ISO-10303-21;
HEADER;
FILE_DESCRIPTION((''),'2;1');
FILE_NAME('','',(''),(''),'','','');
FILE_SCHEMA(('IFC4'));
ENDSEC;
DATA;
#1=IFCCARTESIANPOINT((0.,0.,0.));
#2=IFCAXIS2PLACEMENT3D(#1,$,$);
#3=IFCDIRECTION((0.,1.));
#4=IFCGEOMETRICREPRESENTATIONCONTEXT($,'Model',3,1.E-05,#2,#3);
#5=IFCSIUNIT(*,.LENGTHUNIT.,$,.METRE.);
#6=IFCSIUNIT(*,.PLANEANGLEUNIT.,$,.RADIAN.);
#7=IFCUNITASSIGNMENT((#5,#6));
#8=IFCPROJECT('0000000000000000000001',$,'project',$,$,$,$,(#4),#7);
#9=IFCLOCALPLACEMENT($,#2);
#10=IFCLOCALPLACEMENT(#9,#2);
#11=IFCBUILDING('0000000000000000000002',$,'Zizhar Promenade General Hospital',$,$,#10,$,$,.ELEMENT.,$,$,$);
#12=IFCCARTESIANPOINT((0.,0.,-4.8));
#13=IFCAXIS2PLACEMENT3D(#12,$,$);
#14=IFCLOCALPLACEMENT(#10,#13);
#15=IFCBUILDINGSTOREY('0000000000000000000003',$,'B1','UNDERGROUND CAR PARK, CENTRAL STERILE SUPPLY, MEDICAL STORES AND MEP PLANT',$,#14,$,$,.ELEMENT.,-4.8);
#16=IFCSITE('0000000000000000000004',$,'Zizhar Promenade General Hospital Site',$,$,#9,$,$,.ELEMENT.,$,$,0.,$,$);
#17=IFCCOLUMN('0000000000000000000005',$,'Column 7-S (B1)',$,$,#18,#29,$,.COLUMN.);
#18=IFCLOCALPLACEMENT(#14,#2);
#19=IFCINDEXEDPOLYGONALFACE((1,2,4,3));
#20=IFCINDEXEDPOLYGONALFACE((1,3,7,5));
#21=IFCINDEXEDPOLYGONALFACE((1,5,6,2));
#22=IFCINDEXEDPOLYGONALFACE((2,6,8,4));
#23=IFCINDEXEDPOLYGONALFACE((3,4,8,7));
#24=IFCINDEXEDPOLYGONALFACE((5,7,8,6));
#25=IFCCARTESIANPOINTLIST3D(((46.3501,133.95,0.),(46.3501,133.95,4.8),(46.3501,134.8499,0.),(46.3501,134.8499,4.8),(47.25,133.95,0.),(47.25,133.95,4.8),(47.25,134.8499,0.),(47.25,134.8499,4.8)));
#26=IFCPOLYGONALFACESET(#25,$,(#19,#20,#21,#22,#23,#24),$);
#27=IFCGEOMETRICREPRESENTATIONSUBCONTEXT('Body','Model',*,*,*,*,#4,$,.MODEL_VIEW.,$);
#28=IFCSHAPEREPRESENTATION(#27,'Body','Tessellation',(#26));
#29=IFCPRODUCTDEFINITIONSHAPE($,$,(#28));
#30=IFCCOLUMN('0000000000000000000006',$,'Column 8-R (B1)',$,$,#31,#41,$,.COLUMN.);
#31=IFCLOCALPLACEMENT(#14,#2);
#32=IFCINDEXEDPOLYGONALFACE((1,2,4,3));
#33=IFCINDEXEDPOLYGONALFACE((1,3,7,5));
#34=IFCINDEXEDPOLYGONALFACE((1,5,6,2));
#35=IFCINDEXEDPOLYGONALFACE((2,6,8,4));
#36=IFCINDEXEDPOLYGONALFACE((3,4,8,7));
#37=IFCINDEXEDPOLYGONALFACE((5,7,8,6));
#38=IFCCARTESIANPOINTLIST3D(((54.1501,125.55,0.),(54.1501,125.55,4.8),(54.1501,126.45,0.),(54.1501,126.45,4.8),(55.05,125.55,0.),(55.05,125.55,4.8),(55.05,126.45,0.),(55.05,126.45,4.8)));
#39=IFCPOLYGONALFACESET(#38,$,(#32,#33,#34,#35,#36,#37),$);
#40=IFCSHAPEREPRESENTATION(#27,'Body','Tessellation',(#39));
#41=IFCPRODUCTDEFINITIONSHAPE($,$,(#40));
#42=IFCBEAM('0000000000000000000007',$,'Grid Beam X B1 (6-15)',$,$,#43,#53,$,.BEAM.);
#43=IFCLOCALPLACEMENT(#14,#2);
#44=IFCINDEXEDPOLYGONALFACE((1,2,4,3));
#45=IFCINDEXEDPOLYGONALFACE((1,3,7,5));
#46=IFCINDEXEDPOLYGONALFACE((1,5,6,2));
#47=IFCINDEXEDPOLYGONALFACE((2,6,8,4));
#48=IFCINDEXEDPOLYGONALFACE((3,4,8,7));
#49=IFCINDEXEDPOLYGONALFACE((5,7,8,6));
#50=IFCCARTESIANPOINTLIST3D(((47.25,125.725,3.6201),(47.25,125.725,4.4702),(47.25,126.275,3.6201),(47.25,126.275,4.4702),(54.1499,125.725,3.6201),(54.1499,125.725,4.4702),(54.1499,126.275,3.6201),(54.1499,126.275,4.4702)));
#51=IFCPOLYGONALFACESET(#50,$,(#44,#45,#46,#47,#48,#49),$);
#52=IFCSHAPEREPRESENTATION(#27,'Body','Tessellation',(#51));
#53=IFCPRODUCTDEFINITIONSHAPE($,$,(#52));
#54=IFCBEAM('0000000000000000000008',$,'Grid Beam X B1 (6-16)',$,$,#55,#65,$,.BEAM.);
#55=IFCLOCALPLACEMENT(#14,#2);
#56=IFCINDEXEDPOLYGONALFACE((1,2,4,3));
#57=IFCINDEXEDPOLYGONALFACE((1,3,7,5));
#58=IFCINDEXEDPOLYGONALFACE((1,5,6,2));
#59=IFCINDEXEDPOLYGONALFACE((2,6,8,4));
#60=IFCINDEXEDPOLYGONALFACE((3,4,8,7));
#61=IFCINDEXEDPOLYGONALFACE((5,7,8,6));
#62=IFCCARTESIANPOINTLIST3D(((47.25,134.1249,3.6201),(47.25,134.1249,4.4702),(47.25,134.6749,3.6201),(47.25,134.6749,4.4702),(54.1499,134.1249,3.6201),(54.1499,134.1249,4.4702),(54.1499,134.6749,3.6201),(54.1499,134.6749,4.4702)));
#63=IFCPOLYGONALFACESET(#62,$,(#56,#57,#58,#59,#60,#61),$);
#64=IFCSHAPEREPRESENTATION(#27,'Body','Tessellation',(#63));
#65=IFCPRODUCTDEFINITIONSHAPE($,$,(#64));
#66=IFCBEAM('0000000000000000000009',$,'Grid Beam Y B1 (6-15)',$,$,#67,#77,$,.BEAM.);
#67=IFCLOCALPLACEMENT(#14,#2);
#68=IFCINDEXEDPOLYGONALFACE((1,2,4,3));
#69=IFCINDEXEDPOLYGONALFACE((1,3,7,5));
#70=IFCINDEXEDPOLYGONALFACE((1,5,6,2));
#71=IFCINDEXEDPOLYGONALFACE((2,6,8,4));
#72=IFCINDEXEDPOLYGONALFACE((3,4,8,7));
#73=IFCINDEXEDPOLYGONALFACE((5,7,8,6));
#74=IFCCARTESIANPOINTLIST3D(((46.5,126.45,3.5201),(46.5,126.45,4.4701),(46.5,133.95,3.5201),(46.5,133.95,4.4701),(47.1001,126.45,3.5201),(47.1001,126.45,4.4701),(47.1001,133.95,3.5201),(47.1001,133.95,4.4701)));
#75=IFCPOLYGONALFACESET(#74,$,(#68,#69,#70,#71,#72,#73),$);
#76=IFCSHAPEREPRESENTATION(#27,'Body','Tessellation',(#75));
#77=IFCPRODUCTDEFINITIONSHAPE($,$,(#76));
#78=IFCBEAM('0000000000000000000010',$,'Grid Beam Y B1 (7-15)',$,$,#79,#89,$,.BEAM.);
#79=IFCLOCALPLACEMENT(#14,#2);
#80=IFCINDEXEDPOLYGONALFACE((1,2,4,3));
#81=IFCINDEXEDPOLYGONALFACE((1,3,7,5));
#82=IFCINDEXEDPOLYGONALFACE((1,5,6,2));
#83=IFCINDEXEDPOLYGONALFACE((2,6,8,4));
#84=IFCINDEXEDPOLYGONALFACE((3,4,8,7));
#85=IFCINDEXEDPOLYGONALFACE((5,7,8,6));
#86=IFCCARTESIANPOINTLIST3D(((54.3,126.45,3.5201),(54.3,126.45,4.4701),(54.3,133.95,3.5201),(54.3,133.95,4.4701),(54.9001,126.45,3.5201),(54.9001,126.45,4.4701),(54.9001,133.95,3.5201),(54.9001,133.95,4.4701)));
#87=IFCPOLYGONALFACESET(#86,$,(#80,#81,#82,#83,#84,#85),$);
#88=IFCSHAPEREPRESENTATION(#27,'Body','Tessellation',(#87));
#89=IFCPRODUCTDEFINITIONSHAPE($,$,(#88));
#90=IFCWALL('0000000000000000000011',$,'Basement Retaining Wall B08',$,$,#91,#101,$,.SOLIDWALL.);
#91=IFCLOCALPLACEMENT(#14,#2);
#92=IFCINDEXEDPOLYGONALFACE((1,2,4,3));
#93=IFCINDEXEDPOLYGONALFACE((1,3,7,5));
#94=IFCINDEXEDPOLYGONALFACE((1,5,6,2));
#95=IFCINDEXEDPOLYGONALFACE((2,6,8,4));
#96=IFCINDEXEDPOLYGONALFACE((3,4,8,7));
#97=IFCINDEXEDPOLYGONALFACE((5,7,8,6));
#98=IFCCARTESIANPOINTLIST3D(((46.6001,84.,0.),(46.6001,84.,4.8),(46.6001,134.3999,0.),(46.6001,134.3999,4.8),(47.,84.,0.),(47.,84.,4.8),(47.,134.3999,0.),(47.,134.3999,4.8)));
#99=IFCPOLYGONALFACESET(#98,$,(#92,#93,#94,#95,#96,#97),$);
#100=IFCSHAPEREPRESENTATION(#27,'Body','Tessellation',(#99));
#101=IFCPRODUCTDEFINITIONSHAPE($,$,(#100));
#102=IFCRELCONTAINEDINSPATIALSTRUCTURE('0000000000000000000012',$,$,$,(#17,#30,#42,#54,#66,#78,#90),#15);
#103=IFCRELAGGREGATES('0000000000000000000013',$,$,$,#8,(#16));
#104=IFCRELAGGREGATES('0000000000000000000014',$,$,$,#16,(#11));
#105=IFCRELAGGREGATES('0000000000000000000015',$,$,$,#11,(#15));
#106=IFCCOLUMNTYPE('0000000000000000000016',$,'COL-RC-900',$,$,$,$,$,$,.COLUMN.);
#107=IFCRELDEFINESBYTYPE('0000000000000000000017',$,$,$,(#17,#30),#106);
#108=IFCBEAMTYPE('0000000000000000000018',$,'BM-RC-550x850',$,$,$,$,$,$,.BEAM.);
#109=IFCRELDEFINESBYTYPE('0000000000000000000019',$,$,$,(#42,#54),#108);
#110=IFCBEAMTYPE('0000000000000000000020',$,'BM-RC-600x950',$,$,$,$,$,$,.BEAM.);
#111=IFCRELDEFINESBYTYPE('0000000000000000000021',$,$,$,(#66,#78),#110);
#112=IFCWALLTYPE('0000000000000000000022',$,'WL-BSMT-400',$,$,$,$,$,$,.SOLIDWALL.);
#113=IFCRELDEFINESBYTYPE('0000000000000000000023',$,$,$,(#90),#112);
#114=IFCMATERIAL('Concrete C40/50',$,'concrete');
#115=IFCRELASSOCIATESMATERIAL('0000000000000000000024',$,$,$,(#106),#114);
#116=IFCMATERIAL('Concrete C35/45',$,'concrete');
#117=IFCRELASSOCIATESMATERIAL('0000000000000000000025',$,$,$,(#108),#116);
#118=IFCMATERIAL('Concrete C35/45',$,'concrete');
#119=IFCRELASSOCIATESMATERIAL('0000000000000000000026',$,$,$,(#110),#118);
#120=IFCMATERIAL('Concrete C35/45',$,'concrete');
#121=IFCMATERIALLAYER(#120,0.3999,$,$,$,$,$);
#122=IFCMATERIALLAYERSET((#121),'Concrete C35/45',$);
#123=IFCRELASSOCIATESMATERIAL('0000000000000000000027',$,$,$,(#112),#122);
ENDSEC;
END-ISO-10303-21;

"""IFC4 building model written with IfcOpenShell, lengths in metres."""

from ifc_helpers import new_model, si_unit, direction, frame, frame_2d, origin, origin_2d, place, context, subcontext, project, spatial, rectangle, extrude, material, layer, layer_set, material_profile, profile_set, type_object, element, save


model = new_model("IFC4")

# Units and contexts
model_context = context("Model", 3, precision=1e-05, world=origin(), true_north=direction((0.0, 1.0)))
body_context = subcontext(model_context, "Body", "Model", "MODEL_VIEW")
ifc_project = project(units=[si_unit("LENGTHUNIT", "METRE"), si_unit("PLANEANGLEUNIT", "RADIAN")], contexts=[model_context])

# Site, building, storey
site_placement = place(None, origin())
site = spatial("IfcSite", under=ifc_project, at=site_placement, Name="Zizhar Promenade General Hospital Site", CompositionType="ELEMENT", RefElevation=0.0)
building_placement = place(site_placement, origin())
building = spatial("IfcBuilding", under=site, at=building_placement, Name="Zizhar Promenade General Hospital", CompositionType="ELEMENT")
storey_placement = place(building_placement, frame((0.0, 0.0, -4.8)))
storey = spatial("IfcBuildingStorey", under=building, at=storey_placement, Name="B1", Description="UNDERGROUND CAR PARK, CENTRAL STERILE SUPPLY, MEDICAL STORES AND MEP PLANT", CompositionType="ELEMENT", Elevation=-4.8)

# Columns
ifc_material_1 = material(Name="Concrete C40/50", Category="concrete")
ifc_material_profile_1 = material_profile(ifc_material_1, rectangle(XDim=0.8999, YDim=0.8999, at=origin_2d()))
ifc_profile_set_1 = profile_set([ifc_material_profile_1], Name="Concrete C40/50")
column_type = type_object("IfcColumnType", Name="COL-RC-900", PredefinedType="COLUMN", material=ifc_profile_set_1)
for number, where, z_axis, x_axis, name in (
    (1, (46.8, 134.3999, 0.0), (0.0, 0.0, 1.0), (1.0, 0.0, 0.0), "Column 7-S (B1)"),
    (2, (54.6001, 126.0, 0.0), (0.0, 0.0, 1.0), (1.0, 0.0, 0.0), "Column 8-R (B1)"),
):
    element("IfcColumn", number, at=place(storey_placement, frame(where, z_axis=z_axis, x_axis=x_axis)), inside=storey, type_object=column_type, Name=name, PredefinedType="COLUMN", context=body_context, shape_type="SweptSolid", body=[
        extrude(rectangle(XDim=0.8999, YDim=0.8999, at=origin_2d()), origin(), (0.0, 0.0, 1.0), 4.8),
    ])

# Beams
ifc_material_2 = material(Name="Concrete C35/45", Category="concrete")
ifc_material_profile_2 = material_profile(ifc_material_2, rectangle(XDim=0.55, YDim=0.8501, at=origin_2d()))
ifc_profile_set_2 = profile_set([ifc_material_profile_2], Name="Concrete C35/45")
beam_type_1 = type_object("IfcBeamType", Name="BM-RC-550x850", PredefinedType="BEAM", material=ifc_profile_set_2)
for number, where, z_axis, x_axis, name in (
    (3, (47.25, 126.0, 4.0452), (1.0, 0.0, 0.0), (0.0, 1.0, 0.0), "Grid Beam X B1 (6-15)"),
    (4, (47.25, 134.3999, 4.0452), (1.0, 0.0, 0.0), (0.0, 1.0, 0.0), "Grid Beam X B1 (6-16)"),
):
    element("IfcBeam", number, at=place(storey_placement, frame(where, z_axis=z_axis, x_axis=x_axis)), inside=storey, type_object=beam_type_1, Name=name, PredefinedType="BEAM", context=body_context, shape_type="SweptSolid", body=[
        extrude(rectangle(XDim=0.55, YDim=0.8501, at=origin_2d()), origin(), (0.0, 0.0, 1.0), 6.8999),
    ])
ifc_material_3 = material(Name="Concrete C35/45", Category="concrete")
ifc_material_profile_3 = material_profile(ifc_material_3, rectangle(XDim=0.6001, YDim=0.95, at=origin_2d()))
ifc_profile_set_3 = profile_set([ifc_material_profile_3], Name="Concrete C35/45")
beam_type_2 = type_object("IfcBeamType", Name="BM-RC-600x950", PredefinedType="BEAM", material=ifc_profile_set_3)
for number, where, z_axis, x_axis, name in (
    (5, (46.8, 126.45, 3.9951), (0.0, 1.0, 0.0), (-1.0, 0.0, 0.0), "Grid Beam Y B1 (6-15)"),
    (6, (54.6001, 126.45, 3.9951), (0.0, 1.0, 0.0), (-1.0, 0.0, 0.0), "Grid Beam Y B1 (7-15)"),
):
    element("IfcBeam", number, at=place(storey_placement, frame(where, z_axis=z_axis, x_axis=x_axis)), inside=storey, type_object=beam_type_2, Name=name, PredefinedType="BEAM", context=body_context, shape_type="SweptSolid", body=[
        extrude(rectangle(XDim=0.6001, YDim=0.95, at=origin_2d()), origin(), (0.0, 0.0, 1.0), 7.5),
    ])

# Wall
ifc_material_4 = material(Name="Concrete C35/45", Category="concrete")
ifc_layer = layer(ifc_material_4, 0.3999)
ifc_layer_set = layer_set([ifc_layer], Name="Concrete C35/45")
wall_type = type_object("IfcWallType", Name="WL-BSMT-400", PredefinedType="SOLIDWALL", material=ifc_layer_set)
wall_placement = place(storey_placement, frame((46.8, 134.3999, 0.0), z_axis=(0.0, 0.0, 1.0), x_axis=(0.0, -1.0, 0.0)))
element("IfcWall", 7, at=wall_placement, inside=storey, type_object=wall_type, Name="Basement Retaining Wall B08", PredefinedType="SOLIDWALL", context=body_context, shape_type="SweptSolid", body=[
    extrude(rectangle(XDim=50.3999, YDim=0.3999, at=frame_2d((25.2, 0.0))), origin(), (0.0, 0.0, 1.0), 4.8),
])

save(model, "model.ifc")
